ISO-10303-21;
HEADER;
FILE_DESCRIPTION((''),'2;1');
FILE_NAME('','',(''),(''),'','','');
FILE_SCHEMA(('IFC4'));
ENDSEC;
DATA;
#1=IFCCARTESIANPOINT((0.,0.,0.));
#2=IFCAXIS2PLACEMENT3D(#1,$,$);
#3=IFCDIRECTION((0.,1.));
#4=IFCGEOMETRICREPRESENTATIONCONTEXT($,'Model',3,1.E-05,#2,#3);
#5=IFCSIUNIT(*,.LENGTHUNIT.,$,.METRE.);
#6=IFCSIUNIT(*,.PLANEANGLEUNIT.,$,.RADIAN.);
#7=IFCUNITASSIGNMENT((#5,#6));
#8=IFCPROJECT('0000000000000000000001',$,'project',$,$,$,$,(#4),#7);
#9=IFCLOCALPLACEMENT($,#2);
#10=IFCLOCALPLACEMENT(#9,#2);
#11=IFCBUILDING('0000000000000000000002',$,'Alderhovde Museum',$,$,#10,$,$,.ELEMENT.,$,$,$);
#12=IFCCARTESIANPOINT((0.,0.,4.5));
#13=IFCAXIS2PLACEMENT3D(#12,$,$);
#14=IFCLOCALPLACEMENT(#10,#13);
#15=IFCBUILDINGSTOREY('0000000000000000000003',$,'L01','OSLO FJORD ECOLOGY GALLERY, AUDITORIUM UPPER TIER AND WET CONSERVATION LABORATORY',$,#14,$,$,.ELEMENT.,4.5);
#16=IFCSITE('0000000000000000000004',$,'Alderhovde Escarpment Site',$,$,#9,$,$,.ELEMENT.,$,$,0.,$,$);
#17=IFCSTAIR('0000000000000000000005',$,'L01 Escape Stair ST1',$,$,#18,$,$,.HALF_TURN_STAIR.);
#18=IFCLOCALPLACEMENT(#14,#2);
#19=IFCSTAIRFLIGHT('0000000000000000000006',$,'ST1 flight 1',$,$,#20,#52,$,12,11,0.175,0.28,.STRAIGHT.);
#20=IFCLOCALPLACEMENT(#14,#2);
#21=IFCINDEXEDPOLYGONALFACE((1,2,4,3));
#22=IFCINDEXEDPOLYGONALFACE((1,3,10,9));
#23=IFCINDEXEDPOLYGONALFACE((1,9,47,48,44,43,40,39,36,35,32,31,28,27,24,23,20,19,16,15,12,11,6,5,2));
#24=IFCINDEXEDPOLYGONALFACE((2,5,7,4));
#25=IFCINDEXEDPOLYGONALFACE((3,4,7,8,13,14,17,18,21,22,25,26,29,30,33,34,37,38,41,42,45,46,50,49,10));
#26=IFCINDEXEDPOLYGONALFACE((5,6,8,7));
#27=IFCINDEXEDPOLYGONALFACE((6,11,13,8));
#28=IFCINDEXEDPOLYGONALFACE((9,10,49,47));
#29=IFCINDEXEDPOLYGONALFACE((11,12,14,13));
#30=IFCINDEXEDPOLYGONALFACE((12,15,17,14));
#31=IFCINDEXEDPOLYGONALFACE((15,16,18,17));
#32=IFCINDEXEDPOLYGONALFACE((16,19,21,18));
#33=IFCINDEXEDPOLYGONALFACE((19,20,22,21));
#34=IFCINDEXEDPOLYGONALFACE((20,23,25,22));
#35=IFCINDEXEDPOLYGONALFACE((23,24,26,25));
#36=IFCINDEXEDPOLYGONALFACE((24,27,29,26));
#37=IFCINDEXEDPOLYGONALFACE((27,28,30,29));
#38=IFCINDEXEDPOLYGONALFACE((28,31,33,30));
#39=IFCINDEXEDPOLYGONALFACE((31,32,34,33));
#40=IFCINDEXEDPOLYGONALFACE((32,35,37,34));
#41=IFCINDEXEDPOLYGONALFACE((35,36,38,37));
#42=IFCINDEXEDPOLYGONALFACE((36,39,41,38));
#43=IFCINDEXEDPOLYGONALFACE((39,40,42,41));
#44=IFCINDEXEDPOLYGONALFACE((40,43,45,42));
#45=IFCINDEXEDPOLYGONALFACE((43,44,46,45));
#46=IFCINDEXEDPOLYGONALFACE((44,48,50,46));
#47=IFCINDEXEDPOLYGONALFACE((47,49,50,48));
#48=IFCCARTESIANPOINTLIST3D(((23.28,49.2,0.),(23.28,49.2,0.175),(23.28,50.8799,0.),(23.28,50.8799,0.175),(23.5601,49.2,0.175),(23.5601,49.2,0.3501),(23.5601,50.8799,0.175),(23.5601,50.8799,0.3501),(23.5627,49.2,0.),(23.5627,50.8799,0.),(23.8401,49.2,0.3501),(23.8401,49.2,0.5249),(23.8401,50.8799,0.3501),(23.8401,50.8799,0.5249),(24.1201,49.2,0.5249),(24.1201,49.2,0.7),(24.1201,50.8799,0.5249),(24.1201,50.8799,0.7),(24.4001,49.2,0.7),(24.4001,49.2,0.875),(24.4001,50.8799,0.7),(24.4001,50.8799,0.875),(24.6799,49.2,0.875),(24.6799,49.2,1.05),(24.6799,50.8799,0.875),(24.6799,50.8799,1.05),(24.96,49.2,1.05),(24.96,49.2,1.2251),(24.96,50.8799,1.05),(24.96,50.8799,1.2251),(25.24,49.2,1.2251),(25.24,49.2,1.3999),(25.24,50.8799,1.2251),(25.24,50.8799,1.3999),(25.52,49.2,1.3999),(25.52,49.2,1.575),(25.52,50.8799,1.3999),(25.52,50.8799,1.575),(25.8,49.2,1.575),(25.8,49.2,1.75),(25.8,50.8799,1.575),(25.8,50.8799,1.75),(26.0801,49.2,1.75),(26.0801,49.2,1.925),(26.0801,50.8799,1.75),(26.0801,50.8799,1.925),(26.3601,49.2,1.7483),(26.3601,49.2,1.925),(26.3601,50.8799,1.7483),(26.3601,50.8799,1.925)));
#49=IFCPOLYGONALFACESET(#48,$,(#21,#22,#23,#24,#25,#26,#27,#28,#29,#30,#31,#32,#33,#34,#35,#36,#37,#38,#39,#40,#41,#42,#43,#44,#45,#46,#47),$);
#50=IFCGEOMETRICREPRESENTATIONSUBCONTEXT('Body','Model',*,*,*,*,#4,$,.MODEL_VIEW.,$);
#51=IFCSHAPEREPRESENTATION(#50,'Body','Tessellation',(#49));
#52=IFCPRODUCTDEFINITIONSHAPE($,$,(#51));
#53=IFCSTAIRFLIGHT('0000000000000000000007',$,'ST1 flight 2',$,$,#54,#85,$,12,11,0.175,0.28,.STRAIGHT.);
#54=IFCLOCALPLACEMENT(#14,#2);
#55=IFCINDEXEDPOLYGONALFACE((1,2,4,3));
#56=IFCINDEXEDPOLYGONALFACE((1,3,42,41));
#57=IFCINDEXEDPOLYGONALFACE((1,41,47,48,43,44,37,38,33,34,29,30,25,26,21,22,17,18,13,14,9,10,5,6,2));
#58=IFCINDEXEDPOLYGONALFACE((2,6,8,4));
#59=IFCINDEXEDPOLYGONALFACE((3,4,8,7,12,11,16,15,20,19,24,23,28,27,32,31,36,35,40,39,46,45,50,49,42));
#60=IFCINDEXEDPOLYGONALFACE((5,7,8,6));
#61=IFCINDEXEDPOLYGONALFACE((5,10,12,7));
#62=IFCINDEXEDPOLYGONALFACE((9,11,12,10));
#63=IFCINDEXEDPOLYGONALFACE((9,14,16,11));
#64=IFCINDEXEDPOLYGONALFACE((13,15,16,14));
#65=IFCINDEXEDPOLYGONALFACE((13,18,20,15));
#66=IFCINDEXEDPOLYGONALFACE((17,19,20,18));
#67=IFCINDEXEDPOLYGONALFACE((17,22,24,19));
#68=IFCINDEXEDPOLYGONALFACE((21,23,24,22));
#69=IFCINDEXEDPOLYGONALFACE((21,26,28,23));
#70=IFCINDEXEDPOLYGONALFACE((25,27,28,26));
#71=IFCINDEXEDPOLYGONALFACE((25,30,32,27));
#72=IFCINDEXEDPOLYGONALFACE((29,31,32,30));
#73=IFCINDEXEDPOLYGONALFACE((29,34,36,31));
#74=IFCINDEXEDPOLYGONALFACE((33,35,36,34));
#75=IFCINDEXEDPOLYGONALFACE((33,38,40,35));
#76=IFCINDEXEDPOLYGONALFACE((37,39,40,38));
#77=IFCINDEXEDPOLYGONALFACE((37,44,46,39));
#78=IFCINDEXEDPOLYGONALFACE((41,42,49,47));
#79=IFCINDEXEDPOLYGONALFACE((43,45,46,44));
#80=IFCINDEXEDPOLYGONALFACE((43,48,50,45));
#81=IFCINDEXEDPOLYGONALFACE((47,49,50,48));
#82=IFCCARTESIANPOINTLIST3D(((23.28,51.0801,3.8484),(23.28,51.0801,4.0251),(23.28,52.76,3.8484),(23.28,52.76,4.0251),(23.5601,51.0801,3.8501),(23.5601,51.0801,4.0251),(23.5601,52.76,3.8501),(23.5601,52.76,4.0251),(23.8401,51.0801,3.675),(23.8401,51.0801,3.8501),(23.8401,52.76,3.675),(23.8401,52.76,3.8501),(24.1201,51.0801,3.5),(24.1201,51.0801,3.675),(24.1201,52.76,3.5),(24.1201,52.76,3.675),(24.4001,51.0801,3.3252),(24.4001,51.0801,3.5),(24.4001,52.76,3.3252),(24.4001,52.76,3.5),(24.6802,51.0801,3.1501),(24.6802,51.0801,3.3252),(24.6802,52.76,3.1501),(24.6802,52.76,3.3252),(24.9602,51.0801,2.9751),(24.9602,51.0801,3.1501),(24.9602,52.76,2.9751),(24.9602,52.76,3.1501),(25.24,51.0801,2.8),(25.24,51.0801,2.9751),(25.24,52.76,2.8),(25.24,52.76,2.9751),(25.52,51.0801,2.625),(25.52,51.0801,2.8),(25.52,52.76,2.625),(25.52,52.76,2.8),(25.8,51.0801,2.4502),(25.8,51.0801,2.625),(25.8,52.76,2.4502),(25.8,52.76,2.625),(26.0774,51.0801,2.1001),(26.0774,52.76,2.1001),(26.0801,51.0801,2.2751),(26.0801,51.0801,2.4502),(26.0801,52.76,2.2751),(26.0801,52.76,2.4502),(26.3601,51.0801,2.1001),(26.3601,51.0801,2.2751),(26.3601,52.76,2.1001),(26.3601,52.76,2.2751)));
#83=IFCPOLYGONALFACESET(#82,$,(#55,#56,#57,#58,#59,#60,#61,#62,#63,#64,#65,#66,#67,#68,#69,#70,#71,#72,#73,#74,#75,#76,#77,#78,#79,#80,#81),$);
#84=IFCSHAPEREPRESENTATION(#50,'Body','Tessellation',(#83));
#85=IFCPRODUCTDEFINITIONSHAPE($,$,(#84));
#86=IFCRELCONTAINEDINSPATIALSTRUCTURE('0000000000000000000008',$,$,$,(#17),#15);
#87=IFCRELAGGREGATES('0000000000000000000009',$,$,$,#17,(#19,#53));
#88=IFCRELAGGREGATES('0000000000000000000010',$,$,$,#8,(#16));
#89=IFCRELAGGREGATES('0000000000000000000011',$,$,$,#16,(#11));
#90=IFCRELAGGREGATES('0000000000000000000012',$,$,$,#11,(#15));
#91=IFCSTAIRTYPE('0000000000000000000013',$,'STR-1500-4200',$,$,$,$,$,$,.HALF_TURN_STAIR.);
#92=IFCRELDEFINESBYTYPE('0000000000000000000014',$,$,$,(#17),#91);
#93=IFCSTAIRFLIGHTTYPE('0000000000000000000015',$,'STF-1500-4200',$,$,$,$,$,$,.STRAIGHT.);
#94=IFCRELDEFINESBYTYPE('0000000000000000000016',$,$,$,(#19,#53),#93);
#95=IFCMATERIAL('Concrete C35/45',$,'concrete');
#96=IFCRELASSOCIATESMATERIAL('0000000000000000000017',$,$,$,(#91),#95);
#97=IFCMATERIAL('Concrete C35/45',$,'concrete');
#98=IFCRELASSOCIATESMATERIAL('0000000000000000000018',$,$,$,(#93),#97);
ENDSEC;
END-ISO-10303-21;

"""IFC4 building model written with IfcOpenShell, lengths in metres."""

from ifc_helpers import new_model, si_unit, direction, frame, origin, place, context, subcontext, project, spatial, polyline, outline, extrude, material, type_object, element, aggregate, save


model = new_model("IFC4")

# Units and contexts
model_context = context("Model", 3, precision=1e-05, world=origin(), true_north=direction((0.0, 1.0)))
body_context = subcontext(model_context, "Body", "Model", "MODEL_VIEW")
ifc_project = project(units=[si_unit("LENGTHUNIT", "METRE"), si_unit("PLANEANGLEUNIT", "RADIAN")], contexts=[model_context])

# Site, building, storey
site_placement = place(None, origin())
site = spatial("IfcSite", under=ifc_project, at=site_placement, Name="Alderhovde Escarpment Site", CompositionType="ELEMENT", RefElevation=0.0)
building_placement = place(site_placement, origin())
building = spatial("IfcBuilding", under=site, at=building_placement, Name="Alderhovde Museum", CompositionType="ELEMENT")
storey_placement = place(building_placement, frame((0.0, 0.0, 4.5)))
storey = spatial("IfcBuildingStorey", under=building, at=storey_placement, Name="L01", Description="OSLO FJORD ECOLOGY GALLERY, AUDITORIUM UPPER TIER AND WET CONSERVATION LABORATORY", CompositionType="ELEMENT", Elevation=4.5)

# Stair, stair flights
ifc_material_1 = material(Name="Concrete C35/45", Category="concrete")
stair_type = type_object("IfcStairType", Name="STR-1500-4200", PredefinedType="HALF_TURN_STAIR", material=ifc_material_1)
stair_placement = place(storey_placement, origin())
stair = element("IfcStair", 1, at=stair_placement, inside=storey, type_object=stair_type, Name="L01 Escape Stair ST1", PredefinedType="HALF_TURN_STAIR")
ifc_material_2 = material(Name="Concrete C35/45", Category="concrete")
stair_flight_type = type_object("IfcStairFlightType", Name="STF-1500-4200", PredefinedType="STRAIGHT", material=ifc_material_2)
stair_flight_1_placement = place(storey_placement, frame((23.28, 50.04, 0.0), z_axis=(0.0, 0.0, 1.0), x_axis=(1.0, 0.0, 0.0)))
stair_flight_1 = element("IfcStairFlight", 2, at=stair_flight_1_placement, type_object=stair_flight_type, Name="ST1 flight 1", NumberOfRisers=12, NumberOfTreads=11, PredefinedType="STRAIGHT", RiserHeight=0.175, TreadLength=0.28, context=body_context, shape_type="SweptSolid", body=[
    extrude(outline(polyline([(0.0, 0.0), (0.0, 0.175), (0.28, 0.175), (0.28, 0.3501), (0.5601, 0.3501), (0.5601, 0.5249), (0.8401, 0.5249), (0.8401, 0.7), (1.1201, 0.7), (1.1201, 0.875), (1.3999, 0.875), (1.3999, 1.05), (1.6799, 1.05), (1.6799, 1.2251), (1.96, 1.2251), (1.96, 1.3999), (2.24, 1.3999), (2.24, 1.575), (2.52, 1.575), (2.52, 1.75), (2.8, 1.75), (2.8, 1.925), (3.0801, 1.925), (3.0801, 2.1001), (3.0801, 1.7483), (0.2827, 0.0), (0.0, 0.0)])), frame((0.0, 0.8398, 0.0), z_axis=(0.0, -1.0, 0.0), x_axis=(1.0, 0.0, 0.0)), (0.0, 0.0, 1.0), 1.6799),
])
stair_flight_2_placement = place(storey_placement, frame((26.3601, 51.9199, 2.1001), z_axis=(0.0, 0.0, 1.0), x_axis=(-1.0, 0.0, 0.0)))
stair_flight_2 = element("IfcStairFlight", 3, at=stair_flight_2_placement, type_object=stair_flight_type, Name="ST1 flight 2", NumberOfRisers=12, NumberOfTreads=11, PredefinedType="STRAIGHT", RiserHeight=0.175, TreadLength=0.28, context=body_context, shape_type="SweptSolid", body=[
    extrude(outline(polyline([(0.0, 0.0), (0.0, 0.175), (0.28, 0.175), (0.28, 0.3501), (0.5601, 0.3501), (0.5601, 0.5249), (0.8401, 0.5249), (0.8401, 0.7), (1.1201, 0.7), (1.1201, 0.875), (1.3999, 0.875), (1.3999, 1.05), (1.6799, 1.05), (1.6799, 1.2251), (1.96, 1.2251), (1.96, 1.3999), (2.24, 1.3999), (2.24, 1.575), (2.52, 1.575), (2.52, 1.75), (2.8, 1.75), (2.8, 1.925), (3.0801, 1.925), (3.0801, 2.1001), (3.0801, 1.7483), (0.2827, 0.0), (0.0, 0.0)])), frame((0.0, 0.8398, 0.0), z_axis=(0.0, -1.0, 0.0), x_axis=(1.0, 0.0, 0.0)), (0.0, 0.0, 1.0), 1.6799),
])
aggregate(stair, [stair_flight_1, stair_flight_2])

save(model, "model.ifc")
